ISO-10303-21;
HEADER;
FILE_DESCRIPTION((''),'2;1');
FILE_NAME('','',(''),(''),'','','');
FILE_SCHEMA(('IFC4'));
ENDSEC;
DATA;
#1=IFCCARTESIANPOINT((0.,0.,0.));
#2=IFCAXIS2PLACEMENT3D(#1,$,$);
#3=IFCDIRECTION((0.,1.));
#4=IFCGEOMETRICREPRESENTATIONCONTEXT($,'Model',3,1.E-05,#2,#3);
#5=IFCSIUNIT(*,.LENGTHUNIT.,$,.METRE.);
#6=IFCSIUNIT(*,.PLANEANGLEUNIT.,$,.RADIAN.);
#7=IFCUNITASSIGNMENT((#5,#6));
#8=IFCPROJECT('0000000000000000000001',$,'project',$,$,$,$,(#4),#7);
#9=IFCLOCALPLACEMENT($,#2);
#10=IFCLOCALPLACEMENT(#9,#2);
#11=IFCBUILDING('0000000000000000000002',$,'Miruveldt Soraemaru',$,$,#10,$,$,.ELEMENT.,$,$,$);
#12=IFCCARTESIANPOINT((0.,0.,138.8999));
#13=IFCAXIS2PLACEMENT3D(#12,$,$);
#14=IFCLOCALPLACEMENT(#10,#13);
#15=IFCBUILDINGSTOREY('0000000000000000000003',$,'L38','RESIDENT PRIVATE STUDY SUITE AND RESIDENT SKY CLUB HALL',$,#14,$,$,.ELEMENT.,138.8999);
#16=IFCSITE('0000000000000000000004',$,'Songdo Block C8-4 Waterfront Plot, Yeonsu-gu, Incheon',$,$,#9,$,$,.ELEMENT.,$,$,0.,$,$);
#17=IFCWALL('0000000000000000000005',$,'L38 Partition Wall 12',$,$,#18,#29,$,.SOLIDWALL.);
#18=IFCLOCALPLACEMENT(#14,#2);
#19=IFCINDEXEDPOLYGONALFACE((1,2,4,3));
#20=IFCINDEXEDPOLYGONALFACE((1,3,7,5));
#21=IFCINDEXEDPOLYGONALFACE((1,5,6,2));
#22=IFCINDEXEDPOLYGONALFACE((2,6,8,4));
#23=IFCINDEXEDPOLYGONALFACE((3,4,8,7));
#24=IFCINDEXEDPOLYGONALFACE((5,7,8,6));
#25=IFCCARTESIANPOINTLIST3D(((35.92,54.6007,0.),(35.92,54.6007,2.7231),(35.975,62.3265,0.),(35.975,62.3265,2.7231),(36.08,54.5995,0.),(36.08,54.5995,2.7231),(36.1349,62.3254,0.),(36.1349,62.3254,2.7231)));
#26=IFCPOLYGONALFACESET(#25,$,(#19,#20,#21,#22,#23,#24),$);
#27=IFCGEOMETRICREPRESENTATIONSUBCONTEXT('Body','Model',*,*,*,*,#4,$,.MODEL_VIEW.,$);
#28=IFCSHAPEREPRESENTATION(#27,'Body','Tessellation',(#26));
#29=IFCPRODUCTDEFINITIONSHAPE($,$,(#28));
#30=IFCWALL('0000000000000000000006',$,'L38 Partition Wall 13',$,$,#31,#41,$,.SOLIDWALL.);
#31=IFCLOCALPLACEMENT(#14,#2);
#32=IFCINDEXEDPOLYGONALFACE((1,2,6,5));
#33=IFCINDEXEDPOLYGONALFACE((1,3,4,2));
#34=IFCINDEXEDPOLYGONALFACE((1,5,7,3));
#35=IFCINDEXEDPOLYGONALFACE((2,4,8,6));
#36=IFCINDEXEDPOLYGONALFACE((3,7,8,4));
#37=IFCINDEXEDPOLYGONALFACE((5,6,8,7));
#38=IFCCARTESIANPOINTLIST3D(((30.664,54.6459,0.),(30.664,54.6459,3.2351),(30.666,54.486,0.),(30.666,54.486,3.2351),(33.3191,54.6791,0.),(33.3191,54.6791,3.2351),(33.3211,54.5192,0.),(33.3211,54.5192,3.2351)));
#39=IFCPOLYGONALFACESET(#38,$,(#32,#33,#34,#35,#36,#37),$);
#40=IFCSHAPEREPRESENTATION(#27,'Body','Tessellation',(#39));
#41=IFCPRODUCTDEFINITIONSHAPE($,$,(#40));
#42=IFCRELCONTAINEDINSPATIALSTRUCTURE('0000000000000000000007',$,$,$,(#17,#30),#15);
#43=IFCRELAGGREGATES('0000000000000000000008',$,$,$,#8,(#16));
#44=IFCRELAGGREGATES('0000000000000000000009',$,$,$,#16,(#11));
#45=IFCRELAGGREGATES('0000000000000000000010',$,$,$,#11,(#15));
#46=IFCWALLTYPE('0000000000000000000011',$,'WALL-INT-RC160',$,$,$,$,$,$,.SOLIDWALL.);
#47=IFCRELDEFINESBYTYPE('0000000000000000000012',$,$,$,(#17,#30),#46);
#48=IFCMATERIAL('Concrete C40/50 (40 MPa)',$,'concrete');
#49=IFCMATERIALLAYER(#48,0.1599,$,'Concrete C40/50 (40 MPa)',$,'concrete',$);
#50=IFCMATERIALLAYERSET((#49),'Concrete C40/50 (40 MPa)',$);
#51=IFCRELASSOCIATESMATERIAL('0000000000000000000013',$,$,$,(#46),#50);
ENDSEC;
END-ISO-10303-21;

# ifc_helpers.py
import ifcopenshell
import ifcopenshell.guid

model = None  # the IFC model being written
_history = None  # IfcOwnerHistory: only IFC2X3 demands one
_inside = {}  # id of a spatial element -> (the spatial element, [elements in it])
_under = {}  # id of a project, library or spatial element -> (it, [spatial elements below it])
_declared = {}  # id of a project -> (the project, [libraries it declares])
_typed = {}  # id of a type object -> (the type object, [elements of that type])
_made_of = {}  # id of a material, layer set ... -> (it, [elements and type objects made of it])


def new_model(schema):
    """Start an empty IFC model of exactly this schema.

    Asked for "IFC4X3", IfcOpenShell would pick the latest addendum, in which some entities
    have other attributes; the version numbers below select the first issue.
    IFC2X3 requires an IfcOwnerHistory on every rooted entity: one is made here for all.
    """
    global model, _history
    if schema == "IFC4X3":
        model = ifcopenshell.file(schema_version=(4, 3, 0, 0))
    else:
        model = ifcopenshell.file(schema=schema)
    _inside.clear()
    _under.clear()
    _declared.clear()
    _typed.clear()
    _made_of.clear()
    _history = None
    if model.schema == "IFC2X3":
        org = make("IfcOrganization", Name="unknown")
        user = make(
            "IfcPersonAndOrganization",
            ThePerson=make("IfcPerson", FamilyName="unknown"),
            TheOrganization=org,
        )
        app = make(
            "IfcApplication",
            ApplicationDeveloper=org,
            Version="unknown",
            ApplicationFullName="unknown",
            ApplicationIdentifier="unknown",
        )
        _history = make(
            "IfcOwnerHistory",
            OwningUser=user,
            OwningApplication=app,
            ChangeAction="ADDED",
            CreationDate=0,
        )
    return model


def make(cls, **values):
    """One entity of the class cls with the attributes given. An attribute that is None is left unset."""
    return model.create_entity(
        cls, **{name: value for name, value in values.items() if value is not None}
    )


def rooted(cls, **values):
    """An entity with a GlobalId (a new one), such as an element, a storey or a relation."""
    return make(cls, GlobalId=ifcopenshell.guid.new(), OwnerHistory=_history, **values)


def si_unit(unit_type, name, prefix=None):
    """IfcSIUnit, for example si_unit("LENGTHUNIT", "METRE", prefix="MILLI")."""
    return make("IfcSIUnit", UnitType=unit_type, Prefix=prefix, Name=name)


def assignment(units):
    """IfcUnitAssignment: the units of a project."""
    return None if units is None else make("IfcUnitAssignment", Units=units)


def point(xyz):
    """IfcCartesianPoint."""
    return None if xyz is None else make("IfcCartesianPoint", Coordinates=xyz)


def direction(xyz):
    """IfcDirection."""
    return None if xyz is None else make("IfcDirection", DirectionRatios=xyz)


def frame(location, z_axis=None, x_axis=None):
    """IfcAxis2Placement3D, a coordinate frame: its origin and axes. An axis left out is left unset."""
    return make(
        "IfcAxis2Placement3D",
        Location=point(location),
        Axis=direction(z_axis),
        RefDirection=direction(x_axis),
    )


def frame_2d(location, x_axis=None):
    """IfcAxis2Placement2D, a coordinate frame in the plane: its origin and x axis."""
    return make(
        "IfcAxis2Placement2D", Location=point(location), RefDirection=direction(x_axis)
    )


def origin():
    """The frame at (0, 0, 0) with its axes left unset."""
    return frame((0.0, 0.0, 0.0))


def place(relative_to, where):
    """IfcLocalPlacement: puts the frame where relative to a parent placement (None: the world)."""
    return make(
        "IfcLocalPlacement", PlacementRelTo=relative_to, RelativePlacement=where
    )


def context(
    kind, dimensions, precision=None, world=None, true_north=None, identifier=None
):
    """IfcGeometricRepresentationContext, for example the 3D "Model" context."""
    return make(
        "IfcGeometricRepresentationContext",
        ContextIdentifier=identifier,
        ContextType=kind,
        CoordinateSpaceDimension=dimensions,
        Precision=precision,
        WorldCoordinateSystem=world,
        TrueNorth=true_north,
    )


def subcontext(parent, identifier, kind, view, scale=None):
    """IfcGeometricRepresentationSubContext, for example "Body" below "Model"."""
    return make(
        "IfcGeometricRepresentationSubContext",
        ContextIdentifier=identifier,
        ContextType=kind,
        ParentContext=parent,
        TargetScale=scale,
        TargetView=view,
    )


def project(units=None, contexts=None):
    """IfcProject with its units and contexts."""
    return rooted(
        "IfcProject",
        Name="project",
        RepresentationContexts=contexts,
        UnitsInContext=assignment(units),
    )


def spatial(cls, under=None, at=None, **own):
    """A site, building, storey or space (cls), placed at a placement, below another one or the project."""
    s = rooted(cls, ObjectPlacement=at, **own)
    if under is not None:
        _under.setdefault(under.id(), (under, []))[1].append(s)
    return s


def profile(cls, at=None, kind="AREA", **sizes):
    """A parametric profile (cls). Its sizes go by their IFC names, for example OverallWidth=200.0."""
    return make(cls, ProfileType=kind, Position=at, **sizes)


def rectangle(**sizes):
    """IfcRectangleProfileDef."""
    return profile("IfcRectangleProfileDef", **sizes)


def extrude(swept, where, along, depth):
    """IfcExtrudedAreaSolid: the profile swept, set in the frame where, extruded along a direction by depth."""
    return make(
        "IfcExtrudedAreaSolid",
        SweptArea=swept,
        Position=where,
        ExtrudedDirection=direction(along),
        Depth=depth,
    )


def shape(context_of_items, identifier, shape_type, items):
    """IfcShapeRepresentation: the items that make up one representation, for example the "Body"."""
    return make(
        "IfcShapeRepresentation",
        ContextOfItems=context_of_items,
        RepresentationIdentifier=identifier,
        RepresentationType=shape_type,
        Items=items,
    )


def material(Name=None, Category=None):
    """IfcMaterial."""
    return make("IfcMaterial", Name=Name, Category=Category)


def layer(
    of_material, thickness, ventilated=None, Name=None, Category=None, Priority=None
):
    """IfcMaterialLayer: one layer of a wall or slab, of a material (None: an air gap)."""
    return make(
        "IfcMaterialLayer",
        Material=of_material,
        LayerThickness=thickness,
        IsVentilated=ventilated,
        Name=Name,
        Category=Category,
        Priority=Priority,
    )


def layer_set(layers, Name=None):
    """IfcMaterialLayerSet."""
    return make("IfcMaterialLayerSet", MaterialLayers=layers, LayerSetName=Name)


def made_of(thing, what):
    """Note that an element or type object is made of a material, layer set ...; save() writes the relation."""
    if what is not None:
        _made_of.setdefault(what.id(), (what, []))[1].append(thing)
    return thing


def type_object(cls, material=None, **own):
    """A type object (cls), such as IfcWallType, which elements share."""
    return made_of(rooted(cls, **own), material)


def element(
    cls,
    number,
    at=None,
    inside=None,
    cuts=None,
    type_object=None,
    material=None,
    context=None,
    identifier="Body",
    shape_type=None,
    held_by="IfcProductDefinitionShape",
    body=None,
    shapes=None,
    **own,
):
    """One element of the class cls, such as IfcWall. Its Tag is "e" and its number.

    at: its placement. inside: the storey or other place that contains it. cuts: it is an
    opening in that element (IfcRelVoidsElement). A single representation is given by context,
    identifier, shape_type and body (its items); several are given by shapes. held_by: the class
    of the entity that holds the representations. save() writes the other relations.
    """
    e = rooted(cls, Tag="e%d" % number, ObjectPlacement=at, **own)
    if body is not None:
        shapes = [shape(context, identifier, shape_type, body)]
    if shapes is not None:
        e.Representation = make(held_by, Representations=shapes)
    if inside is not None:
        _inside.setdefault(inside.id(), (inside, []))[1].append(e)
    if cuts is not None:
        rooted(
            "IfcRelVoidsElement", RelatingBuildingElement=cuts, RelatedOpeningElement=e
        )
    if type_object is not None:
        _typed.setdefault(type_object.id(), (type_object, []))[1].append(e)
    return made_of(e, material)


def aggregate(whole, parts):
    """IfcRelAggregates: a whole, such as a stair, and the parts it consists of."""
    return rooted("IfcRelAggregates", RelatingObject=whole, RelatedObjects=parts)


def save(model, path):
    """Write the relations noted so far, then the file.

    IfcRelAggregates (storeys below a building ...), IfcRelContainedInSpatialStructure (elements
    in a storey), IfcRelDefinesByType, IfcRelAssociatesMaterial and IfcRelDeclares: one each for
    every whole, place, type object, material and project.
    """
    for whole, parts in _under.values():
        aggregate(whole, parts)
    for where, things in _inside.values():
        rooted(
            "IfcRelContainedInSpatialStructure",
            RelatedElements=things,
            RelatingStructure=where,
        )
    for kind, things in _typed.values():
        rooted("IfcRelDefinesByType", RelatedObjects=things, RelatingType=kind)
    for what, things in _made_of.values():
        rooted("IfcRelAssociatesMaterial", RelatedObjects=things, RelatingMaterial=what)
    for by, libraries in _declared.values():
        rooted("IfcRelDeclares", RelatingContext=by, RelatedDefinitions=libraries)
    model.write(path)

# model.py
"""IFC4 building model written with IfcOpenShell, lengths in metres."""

from ifc_helpers import new_model, si_unit, direction, frame, frame_2d, origin, place, context, subcontext, project, spatial, rectangle, extrude, material, layer, layer_set, type_object, element, save


model = new_model("IFC4")

# Units and contexts
model_context = context("Model", 3, precision=1e-05, world=origin(), true_north=direction((0.0, 1.0)))
body_context = subcontext(model_context, "Body", "Model", "MODEL_VIEW")
ifc_project = project(units=[si_unit("LENGTHUNIT", "METRE"), si_unit("PLANEANGLEUNIT", "RADIAN")], contexts=[model_context])

# Site, building, storey
site_placement = place(None, origin())
site = spatial("IfcSite", under=ifc_project, at=site_placement, Name="Songdo Block C8-4 Waterfront Plot, Yeonsu-gu, Incheon", CompositionType="ELEMENT", RefElevation=0.0)
building_placement = place(site_placement, origin())
building = spatial("IfcBuilding", under=site, at=building_placement, Name="Miruveldt Soraemaru", CompositionType="ELEMENT")
storey_placement = place(building_placement, frame((0.0, 0.0, 138.8999)))
storey = spatial("IfcBuildingStorey", under=building, at=storey_placement, Name="L38", Description="RESIDENT PRIVATE STUDY SUITE AND RESIDENT SKY CLUB HALL", CompositionType="ELEMENT", Elevation=138.8999)

# Shared definitions
ifc_material_1 = material(Name="Concrete C40/50 (40 MPa)", Category="concrete")
ifc_layer_1 = layer(ifc_material_1, 0.1599, Name="Concrete C40/50 (40 MPa)", Category="concrete")
ifc_layer_set_1 = layer_set([ifc_layer_1], Name="Concrete C40/50 (40 MPa)")
wall_type_1 = type_object("IfcWallType", Name="WALL-INT-RC160", PredefinedType="SOLIDWALL", material=ifc_layer_set_1)

# Walls
wall_1_placement = place(storey_placement, frame((36.0, 54.6001, 0.0), z_axis=(0.0, 0.0, 1.0), x_axis=(0.00711, 0.999975, 0.0)))
element("IfcWall", 1, at=wall_1_placement, inside=storey, type_object=wall_type_1, Name="L38 Partition Wall 12", PredefinedType="SOLIDWALL", context=body_context, shape_type="SweptSolid", body=[
    extrude(rectangle(XDim=7.7261, YDim=0.1599, at=frame_2d((3.863, 0.0))), origin(), (0.0, 0.0, 1.0), 2.7231),
])
wall_2_placement = place(storey_placement, frame((30.665, 54.5659, 0.0), z_axis=(0.0, 0.0, 1.0), x_axis=(0.999922, 0.012505, 0.0)))
element("IfcWall", 2, at=wall_2_placement, inside=storey, type_object=wall_type_1, Name="L38 Partition Wall 13", PredefinedType="SOLIDWALL", context=body_context, shape_type="SweptSolid", body=[
    extrude(rectangle(XDim=2.6553, YDim=0.1599, at=frame_2d((1.3276, 0.0))), origin(), (0.0, 0.0, 1.0), 3.2351),
])

save(model, "model.ifc")
